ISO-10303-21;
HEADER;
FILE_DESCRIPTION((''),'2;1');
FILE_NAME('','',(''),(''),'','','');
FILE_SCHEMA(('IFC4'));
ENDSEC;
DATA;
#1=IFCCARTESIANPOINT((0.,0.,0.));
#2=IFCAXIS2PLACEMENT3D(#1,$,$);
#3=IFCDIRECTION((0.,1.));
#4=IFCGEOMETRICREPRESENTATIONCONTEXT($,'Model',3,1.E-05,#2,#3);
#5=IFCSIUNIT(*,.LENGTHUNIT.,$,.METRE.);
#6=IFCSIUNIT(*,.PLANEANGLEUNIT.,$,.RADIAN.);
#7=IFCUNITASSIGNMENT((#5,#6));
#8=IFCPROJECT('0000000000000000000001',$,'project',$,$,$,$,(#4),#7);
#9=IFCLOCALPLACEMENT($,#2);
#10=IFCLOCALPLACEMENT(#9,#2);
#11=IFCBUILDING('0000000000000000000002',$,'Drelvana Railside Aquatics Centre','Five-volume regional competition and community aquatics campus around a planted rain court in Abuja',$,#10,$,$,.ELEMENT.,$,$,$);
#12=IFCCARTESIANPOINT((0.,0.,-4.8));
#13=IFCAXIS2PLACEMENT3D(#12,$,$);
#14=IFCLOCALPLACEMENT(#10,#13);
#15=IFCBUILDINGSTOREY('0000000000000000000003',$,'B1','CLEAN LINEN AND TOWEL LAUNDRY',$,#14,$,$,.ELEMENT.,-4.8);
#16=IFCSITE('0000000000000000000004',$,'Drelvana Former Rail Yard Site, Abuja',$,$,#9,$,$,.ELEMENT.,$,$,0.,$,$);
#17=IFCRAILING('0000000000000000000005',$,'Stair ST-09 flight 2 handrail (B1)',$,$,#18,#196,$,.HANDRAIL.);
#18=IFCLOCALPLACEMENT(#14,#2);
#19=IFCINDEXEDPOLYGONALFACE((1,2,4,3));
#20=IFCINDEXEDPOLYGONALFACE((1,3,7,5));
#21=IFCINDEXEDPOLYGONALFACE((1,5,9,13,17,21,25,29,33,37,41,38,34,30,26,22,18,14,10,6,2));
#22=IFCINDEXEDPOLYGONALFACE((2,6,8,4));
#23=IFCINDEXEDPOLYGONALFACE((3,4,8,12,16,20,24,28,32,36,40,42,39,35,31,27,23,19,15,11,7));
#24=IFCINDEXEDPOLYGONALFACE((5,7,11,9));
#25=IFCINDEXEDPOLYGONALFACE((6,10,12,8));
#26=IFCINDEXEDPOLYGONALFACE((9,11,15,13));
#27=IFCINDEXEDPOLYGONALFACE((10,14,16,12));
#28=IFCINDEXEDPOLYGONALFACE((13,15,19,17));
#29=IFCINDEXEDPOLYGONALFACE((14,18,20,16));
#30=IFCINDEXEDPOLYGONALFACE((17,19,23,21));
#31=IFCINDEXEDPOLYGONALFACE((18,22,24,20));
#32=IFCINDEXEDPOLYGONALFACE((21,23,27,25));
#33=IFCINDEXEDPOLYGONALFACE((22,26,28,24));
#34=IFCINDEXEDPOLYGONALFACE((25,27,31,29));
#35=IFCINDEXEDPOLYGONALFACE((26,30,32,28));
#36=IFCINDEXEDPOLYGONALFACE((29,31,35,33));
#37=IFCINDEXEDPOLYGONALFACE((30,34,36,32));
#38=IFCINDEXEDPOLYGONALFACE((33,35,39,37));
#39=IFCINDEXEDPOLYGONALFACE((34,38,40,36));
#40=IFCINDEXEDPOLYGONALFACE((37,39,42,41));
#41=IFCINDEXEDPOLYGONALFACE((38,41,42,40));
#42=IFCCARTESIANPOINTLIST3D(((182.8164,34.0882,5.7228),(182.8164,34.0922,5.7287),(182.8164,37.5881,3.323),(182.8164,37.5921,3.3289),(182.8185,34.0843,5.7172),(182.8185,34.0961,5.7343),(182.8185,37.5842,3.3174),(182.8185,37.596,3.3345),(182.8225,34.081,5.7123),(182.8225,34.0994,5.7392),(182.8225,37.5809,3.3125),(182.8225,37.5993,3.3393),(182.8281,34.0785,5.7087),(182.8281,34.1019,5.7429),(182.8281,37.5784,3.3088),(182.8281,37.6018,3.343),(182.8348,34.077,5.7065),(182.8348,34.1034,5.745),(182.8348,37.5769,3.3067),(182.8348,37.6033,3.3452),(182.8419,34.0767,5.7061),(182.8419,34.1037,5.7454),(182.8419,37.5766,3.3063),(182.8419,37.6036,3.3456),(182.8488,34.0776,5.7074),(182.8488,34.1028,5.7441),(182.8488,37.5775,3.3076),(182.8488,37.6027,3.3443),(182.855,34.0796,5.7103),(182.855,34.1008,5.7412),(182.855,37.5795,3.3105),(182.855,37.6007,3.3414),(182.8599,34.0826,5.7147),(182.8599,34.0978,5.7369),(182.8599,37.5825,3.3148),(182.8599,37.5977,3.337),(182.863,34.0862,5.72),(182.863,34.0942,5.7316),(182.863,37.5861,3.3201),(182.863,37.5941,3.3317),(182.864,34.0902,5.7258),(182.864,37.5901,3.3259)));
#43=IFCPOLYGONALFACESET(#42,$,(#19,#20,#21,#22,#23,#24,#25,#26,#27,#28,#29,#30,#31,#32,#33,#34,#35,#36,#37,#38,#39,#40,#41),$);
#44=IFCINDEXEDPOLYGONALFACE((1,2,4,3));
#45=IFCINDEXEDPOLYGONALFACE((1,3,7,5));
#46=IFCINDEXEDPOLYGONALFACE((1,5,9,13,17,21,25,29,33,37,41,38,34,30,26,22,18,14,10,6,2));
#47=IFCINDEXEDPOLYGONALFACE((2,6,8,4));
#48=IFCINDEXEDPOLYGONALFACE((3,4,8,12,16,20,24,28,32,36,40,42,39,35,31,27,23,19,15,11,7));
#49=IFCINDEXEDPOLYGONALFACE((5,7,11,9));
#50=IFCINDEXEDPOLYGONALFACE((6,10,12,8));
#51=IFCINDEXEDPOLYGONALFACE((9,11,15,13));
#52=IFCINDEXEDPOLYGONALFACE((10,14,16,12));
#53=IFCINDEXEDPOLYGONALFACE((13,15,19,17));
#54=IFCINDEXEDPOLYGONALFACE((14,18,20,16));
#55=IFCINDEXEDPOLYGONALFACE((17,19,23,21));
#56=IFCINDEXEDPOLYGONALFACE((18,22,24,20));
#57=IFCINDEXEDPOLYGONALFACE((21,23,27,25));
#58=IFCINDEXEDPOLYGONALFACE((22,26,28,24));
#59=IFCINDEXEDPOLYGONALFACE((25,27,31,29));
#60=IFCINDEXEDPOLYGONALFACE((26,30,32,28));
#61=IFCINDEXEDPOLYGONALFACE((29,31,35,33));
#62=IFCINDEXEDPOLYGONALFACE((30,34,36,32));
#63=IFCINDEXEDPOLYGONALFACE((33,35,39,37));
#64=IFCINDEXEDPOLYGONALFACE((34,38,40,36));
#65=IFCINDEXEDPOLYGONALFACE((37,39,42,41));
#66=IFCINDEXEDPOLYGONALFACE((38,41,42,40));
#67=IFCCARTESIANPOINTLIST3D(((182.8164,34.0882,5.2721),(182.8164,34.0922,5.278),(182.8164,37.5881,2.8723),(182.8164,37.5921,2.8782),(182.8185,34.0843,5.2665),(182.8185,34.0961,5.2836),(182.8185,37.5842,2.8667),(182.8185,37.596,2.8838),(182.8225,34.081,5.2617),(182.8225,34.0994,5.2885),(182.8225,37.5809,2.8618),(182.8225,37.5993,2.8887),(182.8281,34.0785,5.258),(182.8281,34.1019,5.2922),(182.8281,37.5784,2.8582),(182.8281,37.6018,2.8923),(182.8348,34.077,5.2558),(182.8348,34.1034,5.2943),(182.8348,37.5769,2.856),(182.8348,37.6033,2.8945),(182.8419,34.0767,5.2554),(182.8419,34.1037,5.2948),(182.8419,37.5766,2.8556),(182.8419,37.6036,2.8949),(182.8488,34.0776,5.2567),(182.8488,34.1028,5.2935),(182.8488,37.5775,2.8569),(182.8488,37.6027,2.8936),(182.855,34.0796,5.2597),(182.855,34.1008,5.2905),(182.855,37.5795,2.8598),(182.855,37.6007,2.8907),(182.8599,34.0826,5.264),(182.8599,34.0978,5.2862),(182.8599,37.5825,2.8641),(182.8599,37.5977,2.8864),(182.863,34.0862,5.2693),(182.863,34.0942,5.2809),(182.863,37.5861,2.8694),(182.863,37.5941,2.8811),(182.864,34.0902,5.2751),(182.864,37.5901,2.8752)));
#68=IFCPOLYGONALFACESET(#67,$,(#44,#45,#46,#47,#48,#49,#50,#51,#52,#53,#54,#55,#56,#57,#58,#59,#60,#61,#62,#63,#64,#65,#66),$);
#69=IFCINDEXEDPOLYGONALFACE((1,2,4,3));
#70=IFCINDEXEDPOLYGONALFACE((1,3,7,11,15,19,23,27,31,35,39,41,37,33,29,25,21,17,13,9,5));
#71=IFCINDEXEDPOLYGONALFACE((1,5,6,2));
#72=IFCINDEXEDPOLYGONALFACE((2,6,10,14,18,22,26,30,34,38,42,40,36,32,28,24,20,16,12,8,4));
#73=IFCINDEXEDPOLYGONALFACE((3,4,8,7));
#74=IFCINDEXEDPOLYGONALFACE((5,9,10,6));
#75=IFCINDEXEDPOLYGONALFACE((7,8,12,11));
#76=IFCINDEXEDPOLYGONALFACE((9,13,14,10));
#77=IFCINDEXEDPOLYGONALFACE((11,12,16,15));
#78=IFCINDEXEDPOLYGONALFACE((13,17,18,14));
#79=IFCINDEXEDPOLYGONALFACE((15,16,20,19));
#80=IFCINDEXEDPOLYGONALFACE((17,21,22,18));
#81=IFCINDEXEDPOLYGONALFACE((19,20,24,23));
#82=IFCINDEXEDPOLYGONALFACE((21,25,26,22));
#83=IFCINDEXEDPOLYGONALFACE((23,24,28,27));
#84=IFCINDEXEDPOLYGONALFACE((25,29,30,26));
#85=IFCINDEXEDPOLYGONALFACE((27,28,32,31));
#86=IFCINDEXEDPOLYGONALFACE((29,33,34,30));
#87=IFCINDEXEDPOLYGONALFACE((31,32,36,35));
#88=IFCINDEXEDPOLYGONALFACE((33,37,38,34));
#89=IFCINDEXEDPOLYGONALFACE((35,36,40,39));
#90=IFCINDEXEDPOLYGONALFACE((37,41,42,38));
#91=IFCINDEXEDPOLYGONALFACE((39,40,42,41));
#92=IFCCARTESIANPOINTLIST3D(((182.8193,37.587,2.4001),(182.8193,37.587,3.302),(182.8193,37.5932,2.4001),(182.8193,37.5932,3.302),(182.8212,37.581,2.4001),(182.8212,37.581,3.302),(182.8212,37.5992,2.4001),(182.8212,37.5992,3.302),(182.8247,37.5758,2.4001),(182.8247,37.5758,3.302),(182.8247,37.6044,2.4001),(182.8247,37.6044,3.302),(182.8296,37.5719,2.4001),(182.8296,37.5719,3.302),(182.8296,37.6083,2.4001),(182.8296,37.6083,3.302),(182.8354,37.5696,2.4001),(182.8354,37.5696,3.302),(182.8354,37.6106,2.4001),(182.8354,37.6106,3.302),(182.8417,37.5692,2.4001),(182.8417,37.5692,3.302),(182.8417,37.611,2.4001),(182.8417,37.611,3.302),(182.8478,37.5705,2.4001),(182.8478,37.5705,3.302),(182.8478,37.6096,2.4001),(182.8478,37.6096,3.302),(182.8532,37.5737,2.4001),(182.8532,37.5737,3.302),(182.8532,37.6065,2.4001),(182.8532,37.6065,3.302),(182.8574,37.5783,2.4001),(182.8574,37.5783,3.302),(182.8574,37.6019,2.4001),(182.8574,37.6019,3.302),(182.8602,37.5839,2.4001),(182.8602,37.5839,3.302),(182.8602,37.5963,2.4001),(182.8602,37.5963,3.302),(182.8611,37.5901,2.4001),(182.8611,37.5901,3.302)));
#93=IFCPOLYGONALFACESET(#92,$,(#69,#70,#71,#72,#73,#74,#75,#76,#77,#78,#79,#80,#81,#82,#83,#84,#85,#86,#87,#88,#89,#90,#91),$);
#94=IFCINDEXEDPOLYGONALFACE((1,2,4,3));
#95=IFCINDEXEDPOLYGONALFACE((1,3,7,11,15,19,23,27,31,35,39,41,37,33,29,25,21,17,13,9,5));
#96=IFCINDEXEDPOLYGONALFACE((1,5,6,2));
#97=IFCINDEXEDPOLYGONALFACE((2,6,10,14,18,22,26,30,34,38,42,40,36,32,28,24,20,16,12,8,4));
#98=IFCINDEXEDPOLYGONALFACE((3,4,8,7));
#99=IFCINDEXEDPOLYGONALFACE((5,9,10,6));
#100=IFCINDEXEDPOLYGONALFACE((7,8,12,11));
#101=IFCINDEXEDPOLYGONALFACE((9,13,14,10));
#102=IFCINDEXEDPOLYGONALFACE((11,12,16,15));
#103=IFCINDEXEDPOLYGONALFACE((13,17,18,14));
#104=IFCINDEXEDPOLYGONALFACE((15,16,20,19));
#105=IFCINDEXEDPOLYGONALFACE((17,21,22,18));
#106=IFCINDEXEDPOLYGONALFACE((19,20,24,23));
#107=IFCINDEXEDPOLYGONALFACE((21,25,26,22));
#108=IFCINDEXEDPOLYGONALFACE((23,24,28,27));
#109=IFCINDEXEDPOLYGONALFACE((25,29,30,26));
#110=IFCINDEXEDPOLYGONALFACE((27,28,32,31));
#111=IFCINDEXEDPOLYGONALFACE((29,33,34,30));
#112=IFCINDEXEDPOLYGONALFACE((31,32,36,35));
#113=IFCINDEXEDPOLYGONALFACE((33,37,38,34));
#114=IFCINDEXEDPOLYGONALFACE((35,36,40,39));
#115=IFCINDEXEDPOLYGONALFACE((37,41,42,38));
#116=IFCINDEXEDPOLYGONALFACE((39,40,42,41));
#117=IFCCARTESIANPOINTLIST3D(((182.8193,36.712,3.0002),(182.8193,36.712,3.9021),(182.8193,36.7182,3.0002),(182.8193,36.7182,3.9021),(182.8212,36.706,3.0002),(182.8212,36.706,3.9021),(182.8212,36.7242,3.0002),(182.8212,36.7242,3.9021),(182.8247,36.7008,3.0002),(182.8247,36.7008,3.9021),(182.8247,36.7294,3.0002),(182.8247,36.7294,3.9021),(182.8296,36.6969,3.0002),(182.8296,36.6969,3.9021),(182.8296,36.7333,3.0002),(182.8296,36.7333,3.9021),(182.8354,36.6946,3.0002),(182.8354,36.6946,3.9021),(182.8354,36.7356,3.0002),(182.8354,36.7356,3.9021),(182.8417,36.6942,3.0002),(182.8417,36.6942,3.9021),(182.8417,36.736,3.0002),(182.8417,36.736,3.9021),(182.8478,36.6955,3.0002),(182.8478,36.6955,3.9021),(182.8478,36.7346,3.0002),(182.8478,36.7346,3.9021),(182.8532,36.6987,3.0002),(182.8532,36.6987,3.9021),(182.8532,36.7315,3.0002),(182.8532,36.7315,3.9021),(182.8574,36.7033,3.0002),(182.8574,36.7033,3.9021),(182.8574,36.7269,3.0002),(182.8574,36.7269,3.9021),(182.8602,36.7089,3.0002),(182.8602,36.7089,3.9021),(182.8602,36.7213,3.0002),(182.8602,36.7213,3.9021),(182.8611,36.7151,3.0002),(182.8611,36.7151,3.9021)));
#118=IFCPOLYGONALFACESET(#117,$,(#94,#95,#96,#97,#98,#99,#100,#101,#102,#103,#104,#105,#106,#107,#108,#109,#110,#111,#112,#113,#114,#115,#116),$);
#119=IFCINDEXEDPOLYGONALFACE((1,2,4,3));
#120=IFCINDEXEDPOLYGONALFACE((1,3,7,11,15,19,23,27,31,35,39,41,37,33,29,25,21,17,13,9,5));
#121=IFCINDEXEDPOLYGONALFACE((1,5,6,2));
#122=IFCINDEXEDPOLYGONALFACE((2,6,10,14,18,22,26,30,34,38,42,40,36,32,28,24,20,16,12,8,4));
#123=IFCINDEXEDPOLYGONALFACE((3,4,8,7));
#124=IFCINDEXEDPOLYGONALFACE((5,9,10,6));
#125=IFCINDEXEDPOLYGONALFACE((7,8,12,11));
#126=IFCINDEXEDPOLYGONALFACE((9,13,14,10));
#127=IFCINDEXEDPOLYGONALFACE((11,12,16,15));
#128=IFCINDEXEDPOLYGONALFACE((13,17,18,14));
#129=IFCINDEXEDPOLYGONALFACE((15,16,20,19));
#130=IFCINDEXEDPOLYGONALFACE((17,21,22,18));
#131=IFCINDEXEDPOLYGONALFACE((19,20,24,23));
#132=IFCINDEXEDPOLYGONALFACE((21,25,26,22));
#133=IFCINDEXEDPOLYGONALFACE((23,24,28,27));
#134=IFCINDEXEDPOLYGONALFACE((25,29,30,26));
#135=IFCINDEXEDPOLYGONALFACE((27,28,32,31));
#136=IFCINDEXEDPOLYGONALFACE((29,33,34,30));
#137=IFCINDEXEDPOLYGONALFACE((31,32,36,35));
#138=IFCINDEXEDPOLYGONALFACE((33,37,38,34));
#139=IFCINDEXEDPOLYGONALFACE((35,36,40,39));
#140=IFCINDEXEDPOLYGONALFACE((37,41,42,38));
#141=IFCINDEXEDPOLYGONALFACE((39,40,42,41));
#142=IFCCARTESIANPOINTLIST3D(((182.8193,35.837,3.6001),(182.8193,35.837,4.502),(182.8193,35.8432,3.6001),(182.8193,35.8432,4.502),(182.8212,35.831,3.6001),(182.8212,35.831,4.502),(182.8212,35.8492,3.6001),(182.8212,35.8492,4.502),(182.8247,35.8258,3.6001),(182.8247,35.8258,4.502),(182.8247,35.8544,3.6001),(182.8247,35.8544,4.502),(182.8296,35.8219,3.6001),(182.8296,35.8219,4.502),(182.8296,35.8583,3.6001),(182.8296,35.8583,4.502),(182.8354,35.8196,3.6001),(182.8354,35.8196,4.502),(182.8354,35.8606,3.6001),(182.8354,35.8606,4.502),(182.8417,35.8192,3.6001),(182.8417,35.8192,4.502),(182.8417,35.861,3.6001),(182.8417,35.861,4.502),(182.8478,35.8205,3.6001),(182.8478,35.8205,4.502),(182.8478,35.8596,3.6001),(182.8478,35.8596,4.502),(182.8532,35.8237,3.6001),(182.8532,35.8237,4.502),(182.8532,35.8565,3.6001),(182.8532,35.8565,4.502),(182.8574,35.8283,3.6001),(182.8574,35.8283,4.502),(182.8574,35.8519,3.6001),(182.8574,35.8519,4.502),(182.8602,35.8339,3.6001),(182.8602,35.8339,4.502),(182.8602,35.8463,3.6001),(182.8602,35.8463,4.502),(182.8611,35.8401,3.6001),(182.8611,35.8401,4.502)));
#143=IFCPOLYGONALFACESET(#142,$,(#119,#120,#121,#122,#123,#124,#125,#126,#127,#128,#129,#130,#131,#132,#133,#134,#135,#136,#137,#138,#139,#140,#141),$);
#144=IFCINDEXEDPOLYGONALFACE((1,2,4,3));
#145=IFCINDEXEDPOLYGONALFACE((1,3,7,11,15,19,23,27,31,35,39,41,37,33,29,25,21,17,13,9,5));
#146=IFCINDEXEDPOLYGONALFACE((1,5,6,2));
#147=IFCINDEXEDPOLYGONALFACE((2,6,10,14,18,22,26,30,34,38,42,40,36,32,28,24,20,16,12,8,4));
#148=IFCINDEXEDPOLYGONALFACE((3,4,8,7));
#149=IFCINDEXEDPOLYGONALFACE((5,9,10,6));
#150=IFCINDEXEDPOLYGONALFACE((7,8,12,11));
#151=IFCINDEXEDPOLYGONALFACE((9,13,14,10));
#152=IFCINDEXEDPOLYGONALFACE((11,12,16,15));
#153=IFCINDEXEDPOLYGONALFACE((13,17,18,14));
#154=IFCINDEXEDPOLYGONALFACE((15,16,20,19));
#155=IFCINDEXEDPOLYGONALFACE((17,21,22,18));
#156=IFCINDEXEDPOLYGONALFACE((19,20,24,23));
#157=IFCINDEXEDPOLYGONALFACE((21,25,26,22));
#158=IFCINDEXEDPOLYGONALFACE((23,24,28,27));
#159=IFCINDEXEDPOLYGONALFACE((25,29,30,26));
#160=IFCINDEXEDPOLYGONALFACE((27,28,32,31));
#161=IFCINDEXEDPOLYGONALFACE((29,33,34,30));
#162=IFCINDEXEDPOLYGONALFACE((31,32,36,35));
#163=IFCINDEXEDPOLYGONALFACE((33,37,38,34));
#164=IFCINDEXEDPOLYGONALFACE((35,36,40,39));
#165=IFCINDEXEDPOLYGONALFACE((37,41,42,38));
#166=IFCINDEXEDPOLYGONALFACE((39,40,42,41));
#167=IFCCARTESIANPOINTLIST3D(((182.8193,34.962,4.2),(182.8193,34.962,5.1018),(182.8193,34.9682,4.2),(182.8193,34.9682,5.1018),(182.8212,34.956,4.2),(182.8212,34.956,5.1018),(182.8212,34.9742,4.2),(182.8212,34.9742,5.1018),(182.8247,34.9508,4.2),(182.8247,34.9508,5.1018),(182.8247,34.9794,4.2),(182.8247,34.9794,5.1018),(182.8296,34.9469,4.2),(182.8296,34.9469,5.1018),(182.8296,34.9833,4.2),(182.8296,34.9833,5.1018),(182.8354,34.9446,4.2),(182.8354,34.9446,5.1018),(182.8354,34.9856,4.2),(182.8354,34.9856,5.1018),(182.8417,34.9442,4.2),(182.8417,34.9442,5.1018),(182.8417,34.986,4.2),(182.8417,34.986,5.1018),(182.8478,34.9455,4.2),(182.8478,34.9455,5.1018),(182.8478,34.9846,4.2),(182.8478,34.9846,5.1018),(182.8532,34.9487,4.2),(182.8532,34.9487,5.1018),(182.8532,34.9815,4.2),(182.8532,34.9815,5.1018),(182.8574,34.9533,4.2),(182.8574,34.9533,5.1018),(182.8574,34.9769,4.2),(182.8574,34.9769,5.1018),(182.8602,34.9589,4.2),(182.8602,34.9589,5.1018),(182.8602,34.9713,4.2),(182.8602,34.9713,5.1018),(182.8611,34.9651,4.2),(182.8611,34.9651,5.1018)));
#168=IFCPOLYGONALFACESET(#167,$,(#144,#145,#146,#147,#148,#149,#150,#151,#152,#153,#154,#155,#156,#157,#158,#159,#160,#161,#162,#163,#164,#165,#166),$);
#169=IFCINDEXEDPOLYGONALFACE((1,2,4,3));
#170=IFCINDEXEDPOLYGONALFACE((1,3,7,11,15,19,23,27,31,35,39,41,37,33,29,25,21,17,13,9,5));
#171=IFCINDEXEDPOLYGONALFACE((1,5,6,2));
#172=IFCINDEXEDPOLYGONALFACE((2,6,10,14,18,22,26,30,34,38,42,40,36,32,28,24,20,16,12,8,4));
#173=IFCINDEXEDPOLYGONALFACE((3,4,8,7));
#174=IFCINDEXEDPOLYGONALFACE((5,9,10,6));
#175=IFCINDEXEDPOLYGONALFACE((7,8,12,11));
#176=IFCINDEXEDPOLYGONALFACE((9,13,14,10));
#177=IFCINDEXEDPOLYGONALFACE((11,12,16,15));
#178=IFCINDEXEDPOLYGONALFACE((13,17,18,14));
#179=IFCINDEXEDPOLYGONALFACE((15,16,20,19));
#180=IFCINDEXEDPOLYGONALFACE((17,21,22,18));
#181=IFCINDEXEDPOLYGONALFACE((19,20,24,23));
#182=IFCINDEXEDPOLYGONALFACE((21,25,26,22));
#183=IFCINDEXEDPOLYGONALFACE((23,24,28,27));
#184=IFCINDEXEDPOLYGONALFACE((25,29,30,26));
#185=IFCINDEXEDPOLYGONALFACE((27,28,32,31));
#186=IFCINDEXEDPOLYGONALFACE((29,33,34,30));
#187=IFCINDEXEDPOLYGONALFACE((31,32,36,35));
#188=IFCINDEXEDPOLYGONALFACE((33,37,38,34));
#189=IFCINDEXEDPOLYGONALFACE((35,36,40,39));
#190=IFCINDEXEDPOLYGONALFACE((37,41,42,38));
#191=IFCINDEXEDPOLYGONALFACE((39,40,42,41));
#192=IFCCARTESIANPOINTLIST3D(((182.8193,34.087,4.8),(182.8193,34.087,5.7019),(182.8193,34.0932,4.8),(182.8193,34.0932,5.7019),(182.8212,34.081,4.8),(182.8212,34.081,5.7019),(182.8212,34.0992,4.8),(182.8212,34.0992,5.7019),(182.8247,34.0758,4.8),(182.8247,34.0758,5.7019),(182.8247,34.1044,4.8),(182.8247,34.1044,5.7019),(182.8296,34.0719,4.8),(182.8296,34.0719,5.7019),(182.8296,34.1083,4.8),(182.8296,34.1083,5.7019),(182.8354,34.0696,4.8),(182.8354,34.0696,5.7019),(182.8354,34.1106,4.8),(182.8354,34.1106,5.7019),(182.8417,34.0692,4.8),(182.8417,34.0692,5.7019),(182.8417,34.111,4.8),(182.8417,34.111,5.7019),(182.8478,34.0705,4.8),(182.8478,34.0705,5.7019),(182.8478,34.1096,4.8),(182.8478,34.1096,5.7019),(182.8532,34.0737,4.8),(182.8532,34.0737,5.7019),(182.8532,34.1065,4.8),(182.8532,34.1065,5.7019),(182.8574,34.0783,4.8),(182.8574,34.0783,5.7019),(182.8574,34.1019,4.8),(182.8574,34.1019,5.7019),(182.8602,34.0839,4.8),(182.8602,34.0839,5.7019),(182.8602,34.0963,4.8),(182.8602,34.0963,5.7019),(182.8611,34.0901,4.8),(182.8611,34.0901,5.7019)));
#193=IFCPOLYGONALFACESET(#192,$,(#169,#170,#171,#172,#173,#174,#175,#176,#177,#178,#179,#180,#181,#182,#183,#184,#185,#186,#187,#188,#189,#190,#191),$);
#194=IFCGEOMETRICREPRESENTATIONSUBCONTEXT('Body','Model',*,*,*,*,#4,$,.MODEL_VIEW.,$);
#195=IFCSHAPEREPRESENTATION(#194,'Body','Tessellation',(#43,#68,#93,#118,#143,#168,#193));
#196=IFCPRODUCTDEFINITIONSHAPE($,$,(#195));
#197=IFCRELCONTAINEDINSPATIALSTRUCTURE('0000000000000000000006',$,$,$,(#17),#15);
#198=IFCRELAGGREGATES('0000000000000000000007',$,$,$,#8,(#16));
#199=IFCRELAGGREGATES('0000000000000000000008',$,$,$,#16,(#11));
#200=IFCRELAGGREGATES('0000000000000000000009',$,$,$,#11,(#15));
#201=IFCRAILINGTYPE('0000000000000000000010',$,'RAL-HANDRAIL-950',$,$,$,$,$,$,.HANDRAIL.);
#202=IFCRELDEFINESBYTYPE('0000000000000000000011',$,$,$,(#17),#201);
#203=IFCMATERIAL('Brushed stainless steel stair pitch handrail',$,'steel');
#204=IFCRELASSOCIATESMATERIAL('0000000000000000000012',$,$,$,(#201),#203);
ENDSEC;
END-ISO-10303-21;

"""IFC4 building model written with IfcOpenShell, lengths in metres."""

from ifc_helpers import new_model, si_unit, direction, frame, origin, origin_2d, place, context, subcontext, project, spatial, circle, extrude, material, type_object, element, save


model = new_model("IFC4")

# Units and contexts
model_context = context("Model", 3, precision=1e-05, world=origin(), true_north=direction((0.0, 1.0)))
body_context = subcontext(model_context, "Body", "Model", "MODEL_VIEW")
ifc_project = project(units=[si_unit("LENGTHUNIT", "METRE"), si_unit("PLANEANGLEUNIT", "RADIAN")], contexts=[model_context])

# Site, building, storey
site_placement = place(None, origin())
site = spatial("IfcSite", under=ifc_project, at=site_placement, Name="Drelvana Former Rail Yard Site, Abuja", CompositionType="ELEMENT", RefElevation=0.0)
building_placement = place(site_placement, origin())
building = spatial("IfcBuilding", under=site, at=building_placement, Name="Drelvana Railside Aquatics Centre", Description="Five-volume regional competition and community aquatics campus around a planted rain court in Abuja", CompositionType="ELEMENT")
storey_placement = place(building_placement, frame((0.0, 0.0, -4.8)))
storey = spatial("IfcBuildingStorey", under=building, at=storey_placement, Name="B1", Description="CLEAN LINEN AND TOWEL LAUNDRY", CompositionType="ELEMENT", Elevation=-4.8)

# Railing
ifc_material_1 = material(Name="Brushed stainless steel stair pitch handrail", Category="steel")
railing_type = type_object("IfcRailingType", Name="RAL-HANDRAIL-950", PredefinedType="HANDRAIL", material=ifc_material_1)
railing_1_placement = place(storey_placement, frame((182.8401, 37.5901, 2.4001)))
element("IfcRailing", 1, at=railing_1_placement, inside=storey, type_object=railing_type, Name="Stair ST-09 flight 2 handrail (B1)", PredefinedType="HANDRAIL", context=body_context, shape_type="SweptSolid", body=[
    extrude(circle(Radius=0.0239, at=origin_2d()), frame((0.0, 0.0, 0.9258), z_axis=(0.0, -0.82474, 0.565513), x_axis=(1.0, 0.0, 0.0)), (0.0, 0.0, 1.0), 4.2437),
    extrude(circle(Radius=0.0239, at=origin_2d()), frame((0.0, 0.0, 0.4751), z_axis=(0.0, -0.82474, 0.565513), x_axis=(1.0, 0.0, 0.0)), (0.0, 0.0, 1.0), 4.2437),
    extrude(circle(Radius=0.021, at=origin_2d()), origin(), (0.0, 0.0, 1.0), 0.9019),
    extrude(circle(Radius=0.021, at=origin_2d()), frame((0.0, -0.875, 0.6001)), (0.0, 0.0, 1.0), 0.9019),
    extrude(circle(Radius=0.021, at=origin_2d()), frame((0.0, -1.75, 1.2)), (0.0, 0.0, 1.0), 0.9019),
    extrude(circle(Radius=0.021, at=origin_2d()), frame((0.0, -2.625, 1.7998)), (0.0, 0.0, 1.0), 0.9019),
    extrude(circle(Radius=0.021, at=origin_2d()), frame((0.0, -3.5, 2.3999)), (0.0, 0.0, 1.0), 0.9019),
])

save(model, "model.ifc")
